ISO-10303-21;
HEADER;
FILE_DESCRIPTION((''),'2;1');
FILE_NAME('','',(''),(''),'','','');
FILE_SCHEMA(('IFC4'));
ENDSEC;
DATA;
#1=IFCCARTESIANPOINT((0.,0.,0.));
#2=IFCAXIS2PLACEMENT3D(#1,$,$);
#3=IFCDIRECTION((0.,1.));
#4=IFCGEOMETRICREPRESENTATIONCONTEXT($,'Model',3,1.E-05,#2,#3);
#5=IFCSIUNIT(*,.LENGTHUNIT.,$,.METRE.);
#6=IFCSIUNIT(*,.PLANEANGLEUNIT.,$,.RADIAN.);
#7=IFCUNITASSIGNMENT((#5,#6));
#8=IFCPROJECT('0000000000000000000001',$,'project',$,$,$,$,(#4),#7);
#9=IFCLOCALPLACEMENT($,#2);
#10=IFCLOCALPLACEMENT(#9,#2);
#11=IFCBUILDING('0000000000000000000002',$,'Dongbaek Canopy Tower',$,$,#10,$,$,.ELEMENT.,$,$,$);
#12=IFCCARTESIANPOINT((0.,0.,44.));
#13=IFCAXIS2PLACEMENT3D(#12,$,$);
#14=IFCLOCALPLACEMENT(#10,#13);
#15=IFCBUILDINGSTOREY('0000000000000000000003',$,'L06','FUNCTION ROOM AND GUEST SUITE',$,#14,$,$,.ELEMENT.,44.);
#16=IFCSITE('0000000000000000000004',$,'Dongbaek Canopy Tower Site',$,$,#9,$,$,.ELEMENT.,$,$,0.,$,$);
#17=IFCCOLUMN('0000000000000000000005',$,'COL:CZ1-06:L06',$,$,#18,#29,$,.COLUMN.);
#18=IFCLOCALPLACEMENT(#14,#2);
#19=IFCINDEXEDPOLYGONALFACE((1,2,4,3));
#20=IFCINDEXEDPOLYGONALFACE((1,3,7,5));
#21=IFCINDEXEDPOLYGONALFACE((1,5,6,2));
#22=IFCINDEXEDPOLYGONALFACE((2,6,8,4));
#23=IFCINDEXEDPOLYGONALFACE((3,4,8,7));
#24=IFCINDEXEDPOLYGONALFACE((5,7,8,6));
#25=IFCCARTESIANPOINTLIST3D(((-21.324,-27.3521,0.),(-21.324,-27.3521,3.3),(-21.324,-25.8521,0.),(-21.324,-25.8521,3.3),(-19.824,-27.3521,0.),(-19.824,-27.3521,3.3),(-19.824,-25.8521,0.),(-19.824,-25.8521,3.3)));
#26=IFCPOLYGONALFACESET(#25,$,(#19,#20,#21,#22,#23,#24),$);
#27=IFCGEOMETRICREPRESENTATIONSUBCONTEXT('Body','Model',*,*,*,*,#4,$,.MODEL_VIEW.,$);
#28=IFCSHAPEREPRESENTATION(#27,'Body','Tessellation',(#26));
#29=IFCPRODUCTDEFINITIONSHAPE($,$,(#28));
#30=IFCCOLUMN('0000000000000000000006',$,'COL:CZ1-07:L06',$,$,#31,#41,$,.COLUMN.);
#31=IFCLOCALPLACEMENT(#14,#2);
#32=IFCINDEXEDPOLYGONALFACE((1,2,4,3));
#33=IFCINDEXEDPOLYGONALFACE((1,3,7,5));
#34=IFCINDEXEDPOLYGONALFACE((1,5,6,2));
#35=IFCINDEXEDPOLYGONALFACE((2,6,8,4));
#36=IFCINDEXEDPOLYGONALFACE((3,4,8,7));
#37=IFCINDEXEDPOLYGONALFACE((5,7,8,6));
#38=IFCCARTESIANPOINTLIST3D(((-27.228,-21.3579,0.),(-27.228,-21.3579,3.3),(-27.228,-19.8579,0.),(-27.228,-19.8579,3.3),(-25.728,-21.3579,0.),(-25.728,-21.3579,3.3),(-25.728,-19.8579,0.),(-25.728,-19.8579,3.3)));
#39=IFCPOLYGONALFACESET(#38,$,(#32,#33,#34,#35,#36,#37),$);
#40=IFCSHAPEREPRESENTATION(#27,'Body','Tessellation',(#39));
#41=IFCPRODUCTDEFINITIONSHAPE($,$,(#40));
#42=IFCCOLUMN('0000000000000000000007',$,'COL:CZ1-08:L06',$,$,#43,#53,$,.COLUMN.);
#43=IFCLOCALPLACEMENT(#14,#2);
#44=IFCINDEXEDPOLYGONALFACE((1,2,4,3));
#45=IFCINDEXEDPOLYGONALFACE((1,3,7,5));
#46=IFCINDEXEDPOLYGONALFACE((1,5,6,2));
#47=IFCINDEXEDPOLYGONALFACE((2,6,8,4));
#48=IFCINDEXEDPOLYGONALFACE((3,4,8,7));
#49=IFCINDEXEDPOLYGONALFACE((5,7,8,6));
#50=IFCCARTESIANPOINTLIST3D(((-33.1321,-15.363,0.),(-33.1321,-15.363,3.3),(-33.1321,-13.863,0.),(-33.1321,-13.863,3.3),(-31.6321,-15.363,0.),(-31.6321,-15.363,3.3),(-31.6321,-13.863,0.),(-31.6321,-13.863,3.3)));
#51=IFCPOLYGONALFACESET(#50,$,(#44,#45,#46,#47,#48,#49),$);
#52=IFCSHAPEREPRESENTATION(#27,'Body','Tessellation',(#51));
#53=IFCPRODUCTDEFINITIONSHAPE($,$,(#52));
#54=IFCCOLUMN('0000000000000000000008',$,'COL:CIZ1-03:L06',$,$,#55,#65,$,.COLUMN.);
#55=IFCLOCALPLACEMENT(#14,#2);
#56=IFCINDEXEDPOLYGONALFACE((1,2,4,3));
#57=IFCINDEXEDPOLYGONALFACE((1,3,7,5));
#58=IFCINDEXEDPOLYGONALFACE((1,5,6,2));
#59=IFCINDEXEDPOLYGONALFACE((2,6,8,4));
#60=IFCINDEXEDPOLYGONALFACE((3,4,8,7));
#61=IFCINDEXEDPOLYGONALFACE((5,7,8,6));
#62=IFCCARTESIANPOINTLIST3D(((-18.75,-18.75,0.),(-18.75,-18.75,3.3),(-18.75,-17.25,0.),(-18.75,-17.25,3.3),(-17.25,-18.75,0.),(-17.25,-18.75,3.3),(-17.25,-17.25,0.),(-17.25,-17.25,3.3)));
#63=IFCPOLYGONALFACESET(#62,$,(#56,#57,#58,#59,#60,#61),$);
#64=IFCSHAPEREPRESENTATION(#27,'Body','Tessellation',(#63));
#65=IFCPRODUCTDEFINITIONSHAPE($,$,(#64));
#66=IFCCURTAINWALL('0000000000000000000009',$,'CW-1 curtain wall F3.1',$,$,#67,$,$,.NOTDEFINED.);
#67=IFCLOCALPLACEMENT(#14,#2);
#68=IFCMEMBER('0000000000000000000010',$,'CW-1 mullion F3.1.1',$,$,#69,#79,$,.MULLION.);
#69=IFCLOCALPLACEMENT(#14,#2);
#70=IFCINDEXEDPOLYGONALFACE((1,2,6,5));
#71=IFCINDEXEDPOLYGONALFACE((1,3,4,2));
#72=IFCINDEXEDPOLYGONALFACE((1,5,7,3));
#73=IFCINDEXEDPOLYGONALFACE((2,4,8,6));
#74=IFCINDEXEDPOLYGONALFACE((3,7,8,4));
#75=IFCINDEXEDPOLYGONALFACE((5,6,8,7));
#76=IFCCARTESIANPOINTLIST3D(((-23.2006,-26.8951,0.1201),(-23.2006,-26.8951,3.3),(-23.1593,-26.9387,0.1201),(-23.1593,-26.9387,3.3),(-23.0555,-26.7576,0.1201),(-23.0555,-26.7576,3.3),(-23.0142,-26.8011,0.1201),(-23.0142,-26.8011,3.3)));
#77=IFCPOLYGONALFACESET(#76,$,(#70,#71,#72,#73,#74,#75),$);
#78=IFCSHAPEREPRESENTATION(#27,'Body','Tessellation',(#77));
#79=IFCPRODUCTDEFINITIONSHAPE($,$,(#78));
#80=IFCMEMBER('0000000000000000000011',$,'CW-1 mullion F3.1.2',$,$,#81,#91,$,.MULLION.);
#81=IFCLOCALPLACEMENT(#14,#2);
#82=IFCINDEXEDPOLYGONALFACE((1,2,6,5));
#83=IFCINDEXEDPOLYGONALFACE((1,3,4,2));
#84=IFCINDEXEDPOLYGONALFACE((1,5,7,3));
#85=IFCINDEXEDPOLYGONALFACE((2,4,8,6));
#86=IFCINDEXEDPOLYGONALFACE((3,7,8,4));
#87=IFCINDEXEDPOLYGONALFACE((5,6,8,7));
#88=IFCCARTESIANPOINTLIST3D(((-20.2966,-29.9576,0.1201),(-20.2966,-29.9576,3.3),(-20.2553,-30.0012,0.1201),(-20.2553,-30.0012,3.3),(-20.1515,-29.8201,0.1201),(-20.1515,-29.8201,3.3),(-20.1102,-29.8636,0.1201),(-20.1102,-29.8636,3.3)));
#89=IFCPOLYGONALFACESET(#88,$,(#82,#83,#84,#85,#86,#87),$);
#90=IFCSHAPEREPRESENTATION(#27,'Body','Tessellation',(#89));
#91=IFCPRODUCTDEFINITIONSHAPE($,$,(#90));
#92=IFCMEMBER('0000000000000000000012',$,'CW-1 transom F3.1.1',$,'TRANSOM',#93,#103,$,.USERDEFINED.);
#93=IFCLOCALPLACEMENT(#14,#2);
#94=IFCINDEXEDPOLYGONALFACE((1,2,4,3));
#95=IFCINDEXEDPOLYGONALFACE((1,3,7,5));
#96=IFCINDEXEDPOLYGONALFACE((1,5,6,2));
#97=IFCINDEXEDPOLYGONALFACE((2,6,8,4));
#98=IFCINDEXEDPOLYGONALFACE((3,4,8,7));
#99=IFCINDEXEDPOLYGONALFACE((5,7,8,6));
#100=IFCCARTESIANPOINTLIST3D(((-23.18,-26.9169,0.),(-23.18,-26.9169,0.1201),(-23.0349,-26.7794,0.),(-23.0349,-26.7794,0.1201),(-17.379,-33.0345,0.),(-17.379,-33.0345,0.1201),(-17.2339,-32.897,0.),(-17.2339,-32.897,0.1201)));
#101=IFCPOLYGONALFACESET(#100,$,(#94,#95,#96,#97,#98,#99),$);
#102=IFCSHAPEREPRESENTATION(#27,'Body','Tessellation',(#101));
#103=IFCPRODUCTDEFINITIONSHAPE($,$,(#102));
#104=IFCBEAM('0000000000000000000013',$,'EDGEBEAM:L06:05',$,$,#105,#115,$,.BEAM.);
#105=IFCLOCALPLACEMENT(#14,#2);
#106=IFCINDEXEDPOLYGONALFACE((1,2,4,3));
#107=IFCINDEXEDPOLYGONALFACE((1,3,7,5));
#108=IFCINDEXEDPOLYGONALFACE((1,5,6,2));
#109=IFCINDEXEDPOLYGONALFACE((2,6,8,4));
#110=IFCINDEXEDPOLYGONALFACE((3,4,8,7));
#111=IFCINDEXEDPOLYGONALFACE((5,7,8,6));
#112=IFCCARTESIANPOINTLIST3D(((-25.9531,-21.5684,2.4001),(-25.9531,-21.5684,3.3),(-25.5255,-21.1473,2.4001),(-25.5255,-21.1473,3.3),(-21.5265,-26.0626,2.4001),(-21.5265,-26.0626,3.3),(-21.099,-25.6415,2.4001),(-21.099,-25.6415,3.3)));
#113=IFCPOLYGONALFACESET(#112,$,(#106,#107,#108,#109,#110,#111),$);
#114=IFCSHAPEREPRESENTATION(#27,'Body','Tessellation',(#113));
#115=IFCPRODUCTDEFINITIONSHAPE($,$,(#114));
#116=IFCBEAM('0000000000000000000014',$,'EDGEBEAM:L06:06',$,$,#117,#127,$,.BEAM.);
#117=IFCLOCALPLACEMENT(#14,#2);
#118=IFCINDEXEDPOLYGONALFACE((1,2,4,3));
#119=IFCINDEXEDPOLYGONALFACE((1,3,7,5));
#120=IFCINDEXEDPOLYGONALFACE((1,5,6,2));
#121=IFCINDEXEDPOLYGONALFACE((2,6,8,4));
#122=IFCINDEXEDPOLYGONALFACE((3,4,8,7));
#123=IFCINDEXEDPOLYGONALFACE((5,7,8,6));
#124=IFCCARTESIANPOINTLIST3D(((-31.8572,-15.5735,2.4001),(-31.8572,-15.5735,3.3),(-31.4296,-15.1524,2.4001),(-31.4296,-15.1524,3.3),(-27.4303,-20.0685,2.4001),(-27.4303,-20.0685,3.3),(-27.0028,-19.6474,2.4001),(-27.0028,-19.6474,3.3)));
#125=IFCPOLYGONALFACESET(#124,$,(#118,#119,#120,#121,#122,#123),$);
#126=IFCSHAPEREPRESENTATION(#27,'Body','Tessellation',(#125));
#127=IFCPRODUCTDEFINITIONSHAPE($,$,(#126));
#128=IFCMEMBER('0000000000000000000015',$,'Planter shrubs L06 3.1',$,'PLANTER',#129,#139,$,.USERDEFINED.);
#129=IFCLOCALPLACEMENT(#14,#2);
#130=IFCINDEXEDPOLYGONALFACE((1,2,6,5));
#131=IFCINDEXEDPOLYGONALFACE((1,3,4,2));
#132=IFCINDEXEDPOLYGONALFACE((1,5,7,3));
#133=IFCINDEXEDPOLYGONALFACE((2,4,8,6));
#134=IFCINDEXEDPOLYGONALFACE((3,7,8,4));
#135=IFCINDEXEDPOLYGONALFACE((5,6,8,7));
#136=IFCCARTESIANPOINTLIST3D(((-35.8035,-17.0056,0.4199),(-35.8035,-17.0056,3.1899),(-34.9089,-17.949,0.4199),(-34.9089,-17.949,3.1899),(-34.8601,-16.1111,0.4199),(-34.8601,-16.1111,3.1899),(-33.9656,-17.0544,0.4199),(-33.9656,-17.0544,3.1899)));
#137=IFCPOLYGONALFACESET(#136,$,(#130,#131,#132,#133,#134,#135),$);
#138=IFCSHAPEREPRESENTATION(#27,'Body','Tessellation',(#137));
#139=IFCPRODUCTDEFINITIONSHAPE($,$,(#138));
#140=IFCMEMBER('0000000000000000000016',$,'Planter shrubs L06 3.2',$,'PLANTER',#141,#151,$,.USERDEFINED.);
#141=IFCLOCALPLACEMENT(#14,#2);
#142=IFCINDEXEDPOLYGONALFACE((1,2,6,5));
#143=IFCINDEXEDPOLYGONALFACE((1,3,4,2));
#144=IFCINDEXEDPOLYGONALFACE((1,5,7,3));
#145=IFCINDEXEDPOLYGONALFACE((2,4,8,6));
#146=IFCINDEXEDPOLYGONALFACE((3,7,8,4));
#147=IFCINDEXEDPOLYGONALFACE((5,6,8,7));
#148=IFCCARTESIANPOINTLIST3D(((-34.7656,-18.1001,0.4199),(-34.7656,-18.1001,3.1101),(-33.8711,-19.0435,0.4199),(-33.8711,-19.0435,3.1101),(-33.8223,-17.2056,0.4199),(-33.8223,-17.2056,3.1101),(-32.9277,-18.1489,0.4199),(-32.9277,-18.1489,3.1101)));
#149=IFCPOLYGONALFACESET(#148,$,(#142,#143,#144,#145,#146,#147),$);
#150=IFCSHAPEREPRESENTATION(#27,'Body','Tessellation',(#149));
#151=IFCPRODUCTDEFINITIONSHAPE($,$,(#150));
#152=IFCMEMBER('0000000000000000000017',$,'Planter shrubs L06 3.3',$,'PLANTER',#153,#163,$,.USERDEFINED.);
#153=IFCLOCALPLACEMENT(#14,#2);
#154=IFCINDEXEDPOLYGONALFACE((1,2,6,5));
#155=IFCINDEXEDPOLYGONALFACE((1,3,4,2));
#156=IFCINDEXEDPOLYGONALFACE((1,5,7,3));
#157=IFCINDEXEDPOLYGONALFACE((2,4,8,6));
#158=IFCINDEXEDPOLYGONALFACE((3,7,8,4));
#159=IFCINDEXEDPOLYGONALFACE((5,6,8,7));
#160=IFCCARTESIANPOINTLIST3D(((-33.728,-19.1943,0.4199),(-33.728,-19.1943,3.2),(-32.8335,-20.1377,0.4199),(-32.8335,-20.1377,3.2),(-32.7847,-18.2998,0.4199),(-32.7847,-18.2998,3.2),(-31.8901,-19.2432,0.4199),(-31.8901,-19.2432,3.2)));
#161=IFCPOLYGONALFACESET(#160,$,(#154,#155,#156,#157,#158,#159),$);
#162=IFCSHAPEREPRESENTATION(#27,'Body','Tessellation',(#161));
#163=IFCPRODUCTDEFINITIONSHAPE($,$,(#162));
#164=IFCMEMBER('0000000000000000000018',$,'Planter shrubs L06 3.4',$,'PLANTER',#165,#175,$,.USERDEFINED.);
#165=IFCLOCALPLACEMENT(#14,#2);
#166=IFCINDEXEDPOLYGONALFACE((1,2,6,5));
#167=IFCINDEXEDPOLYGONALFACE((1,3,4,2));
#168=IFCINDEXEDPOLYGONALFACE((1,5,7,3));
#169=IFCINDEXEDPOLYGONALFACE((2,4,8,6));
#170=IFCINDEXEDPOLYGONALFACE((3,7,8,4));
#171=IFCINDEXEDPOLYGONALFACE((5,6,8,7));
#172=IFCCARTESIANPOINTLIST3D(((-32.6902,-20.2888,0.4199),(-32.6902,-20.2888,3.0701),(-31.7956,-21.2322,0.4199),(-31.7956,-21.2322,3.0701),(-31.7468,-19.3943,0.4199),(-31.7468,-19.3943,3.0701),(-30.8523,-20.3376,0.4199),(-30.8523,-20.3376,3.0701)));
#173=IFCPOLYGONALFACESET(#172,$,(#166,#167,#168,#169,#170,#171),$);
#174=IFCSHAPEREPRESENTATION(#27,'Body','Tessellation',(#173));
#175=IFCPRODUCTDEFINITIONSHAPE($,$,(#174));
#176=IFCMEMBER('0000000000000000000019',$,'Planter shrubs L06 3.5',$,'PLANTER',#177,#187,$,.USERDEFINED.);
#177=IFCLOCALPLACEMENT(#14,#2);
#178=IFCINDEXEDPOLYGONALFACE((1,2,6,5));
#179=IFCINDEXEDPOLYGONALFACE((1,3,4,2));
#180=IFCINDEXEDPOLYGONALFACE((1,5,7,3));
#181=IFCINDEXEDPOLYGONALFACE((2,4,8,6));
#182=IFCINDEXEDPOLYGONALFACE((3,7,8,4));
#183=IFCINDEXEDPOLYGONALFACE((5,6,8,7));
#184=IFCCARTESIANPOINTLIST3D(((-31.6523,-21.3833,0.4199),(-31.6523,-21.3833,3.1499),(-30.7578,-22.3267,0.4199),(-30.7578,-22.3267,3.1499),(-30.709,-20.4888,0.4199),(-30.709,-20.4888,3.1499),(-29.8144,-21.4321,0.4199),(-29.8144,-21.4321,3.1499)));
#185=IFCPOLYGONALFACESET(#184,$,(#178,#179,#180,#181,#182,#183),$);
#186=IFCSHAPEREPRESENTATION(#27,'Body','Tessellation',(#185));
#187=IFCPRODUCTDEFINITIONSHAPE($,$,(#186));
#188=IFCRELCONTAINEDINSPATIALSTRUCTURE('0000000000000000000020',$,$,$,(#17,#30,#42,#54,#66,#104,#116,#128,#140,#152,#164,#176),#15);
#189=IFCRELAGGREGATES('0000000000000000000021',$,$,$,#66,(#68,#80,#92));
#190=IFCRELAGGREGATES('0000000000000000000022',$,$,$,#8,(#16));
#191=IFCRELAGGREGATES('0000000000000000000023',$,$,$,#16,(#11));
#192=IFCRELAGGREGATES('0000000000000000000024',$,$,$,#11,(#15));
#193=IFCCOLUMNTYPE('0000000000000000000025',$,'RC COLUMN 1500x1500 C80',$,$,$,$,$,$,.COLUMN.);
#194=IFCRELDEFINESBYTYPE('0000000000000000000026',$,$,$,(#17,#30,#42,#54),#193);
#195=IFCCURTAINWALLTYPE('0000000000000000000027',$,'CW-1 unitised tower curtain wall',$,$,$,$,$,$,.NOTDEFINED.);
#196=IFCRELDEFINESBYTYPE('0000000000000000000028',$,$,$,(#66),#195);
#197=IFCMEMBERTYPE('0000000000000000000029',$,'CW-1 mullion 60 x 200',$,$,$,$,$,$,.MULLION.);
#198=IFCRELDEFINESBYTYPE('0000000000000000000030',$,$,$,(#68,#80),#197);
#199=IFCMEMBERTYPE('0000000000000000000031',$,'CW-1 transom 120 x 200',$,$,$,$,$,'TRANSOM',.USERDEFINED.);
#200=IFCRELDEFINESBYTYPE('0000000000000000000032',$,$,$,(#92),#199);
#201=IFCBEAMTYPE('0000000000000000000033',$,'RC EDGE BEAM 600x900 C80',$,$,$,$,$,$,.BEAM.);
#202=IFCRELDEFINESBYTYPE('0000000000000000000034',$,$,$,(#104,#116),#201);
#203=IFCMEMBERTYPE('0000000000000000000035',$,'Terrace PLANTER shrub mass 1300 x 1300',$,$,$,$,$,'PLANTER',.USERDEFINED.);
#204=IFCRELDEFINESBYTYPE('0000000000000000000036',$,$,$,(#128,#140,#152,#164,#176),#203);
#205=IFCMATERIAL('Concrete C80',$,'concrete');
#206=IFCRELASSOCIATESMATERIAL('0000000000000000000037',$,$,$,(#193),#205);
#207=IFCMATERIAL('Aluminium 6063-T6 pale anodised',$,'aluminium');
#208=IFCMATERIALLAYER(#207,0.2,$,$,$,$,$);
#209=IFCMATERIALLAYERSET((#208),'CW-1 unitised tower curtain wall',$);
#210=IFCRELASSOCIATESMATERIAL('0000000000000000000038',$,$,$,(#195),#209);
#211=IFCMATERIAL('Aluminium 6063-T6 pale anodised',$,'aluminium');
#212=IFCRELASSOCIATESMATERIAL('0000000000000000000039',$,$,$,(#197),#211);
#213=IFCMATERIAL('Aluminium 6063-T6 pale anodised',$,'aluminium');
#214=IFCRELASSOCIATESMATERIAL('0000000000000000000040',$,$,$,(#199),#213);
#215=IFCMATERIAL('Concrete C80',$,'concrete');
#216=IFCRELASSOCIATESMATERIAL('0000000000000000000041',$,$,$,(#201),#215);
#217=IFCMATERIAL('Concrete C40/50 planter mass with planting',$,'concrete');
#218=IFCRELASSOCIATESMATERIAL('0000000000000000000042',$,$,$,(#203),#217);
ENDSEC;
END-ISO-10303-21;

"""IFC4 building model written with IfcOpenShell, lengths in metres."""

from ifc_helpers import new_model, si_unit, direction, frame, origin, origin_2d, place, context, subcontext, project, spatial, rectangle, extrude, material, layer, layer_set, material_profile, profile_set, type_object, element, aggregate, save


model = new_model("IFC4")

# Units and contexts
model_context = context("Model", 3, precision=1e-05, world=origin(), true_north=direction((0.0, 1.0)))
body_context = subcontext(model_context, "Body", "Model", "MODEL_VIEW")
ifc_project = project(units=[si_unit("LENGTHUNIT", "METRE"), si_unit("PLANEANGLEUNIT", "RADIAN")], contexts=[model_context])

# Site, building, storey
site_placement = place(None, origin())
site = spatial("IfcSite", under=ifc_project, at=site_placement, Name="Dongbaek Canopy Tower Site", CompositionType="ELEMENT", RefElevation=0.0)
building_placement = place(site_placement, origin())
building = spatial("IfcBuilding", under=site, at=building_placement, Name="Dongbaek Canopy Tower", CompositionType="ELEMENT")
storey_placement = place(building_placement, frame((0.0, 0.0, 44.0)))
storey = spatial("IfcBuildingStorey", under=building, at=storey_placement, Name="L06", Description="FUNCTION ROOM AND GUEST SUITE", CompositionType="ELEMENT", Elevation=44.0)

# Columns
ifc_material_1 = material(Name="Concrete C80", Category="concrete")
ifc_material_profile_1 = material_profile(ifc_material_1, rectangle(XDim=1.5, YDim=1.5, at=origin_2d()), Name="RC COLUMN 1500x1500 C80")
ifc_profile_set_1 = profile_set([ifc_material_profile_1], Name="Concrete C80")
column_type = type_object("IfcColumnType", Name="RC COLUMN 1500x1500 C80", PredefinedType="COLUMN", material=ifc_profile_set_1)
for number, where, z_axis, x_axis, name in (
    (1, (-20.574, -26.6021, 0.0), (0.0, 0.0, 1.0), (1.0, 0.0, 0.0), "COL:CZ1-06:L06"),
    (2, (-26.478, -20.6079, 0.0), (0.0, 0.0, 1.0), (1.0, 0.0, 0.0), "COL:CZ1-07:L06"),
    (3, (-32.3821, -14.613, 0.0), (0.0, 0.0, 1.0), (1.0, 0.0, 0.0), "COL:CZ1-08:L06"),
    (4, (-18.0, -18.0, 0.0), (0.0, 0.0, 1.0), (1.0, 0.0, 0.0), "COL:CIZ1-03:L06"),
):
    element("IfcColumn", number, at=place(storey_placement, frame(where, z_axis=z_axis, x_axis=x_axis)), inside=storey, type_object=column_type, Name=name, PredefinedType="COLUMN", context=body_context, shape_type="SweptSolid", body=[
        extrude(rectangle(XDim=1.5, YDim=1.5, at=origin_2d()), origin(), (0.0, 0.0, 1.0), 3.3),
    ])

# Curtain wall, members
ifc_material_2 = material(Name="Aluminium 6063-T6 pale anodised", Category="aluminium")
ifc_layer_1 = layer(ifc_material_2, 0.2)
ifc_layer_set_1 = layer_set([ifc_layer_1], Name="CW-1 unitised tower curtain wall")
curtain_wall_type = type_object("IfcCurtainWallType", Name="CW-1 unitised tower curtain wall", PredefinedType="NOTDEFINED", material=ifc_layer_set_1)
curtain_wall_placement = place(storey_placement, origin())
curtain_wall = element("IfcCurtainWall", 5, at=curtain_wall_placement, inside=storey, type_object=curtain_wall_type, Name="CW-1 curtain wall F3.1", PredefinedType="NOTDEFINED")
ifc_material_3 = material(Name="Aluminium 6063-T6 pale anodised", Category="aluminium")
ifc_material_profile_2 = material_profile(ifc_material_3, rectangle(XDim=0.2, YDim=0.0601, at=origin_2d()), Name="CW-1 mullion 60 x 200")
ifc_profile_set_2 = profile_set([ifc_material_profile_2], Name="Aluminium 6063-T6 pale anodised")
member_type_1 = type_object("IfcMemberType", Name="CW-1 mullion 60 x 200", PredefinedType="MULLION", material=ifc_profile_set_2)
member_1_placement = place(storey_placement, frame((-23.1074, -26.8481, 0.1201), z_axis=(0.0, 0.0, 1.0), x_axis=(-0.725627, -0.688089, 0.0)))
member_1 = element("IfcMember", 6, at=member_1_placement, type_object=member_type_1, Name="CW-1 mullion F3.1.1", PredefinedType="MULLION", context=body_context, shape_type="SweptSolid", body=[
    extrude(rectangle(XDim=0.2, YDim=0.0601, at=origin_2d()), origin(), (0.0, 0.0, 1.0), 3.1799),
])
member_2_placement = place(storey_placement, frame((-20.2034, -29.9106, 0.1201), z_axis=(0.0, 0.0, 1.0), x_axis=(-0.725627, -0.688089, 0.0)))
member_2 = element("IfcMember", 7, at=member_2_placement, type_object=member_type_1, Name="CW-1 mullion F3.1.2", PredefinedType="MULLION", context=body_context, shape_type="SweptSolid", body=[
    extrude(rectangle(XDim=0.2, YDim=0.0601, at=origin_2d()), origin(), (0.0, 0.0, 1.0), 3.1799),
])
ifc_material_4 = material(Name="Aluminium 6063-T6 pale anodised", Category="aluminium")
ifc_material_profile_3 = material_profile(ifc_material_4, rectangle(XDim=0.2, YDim=0.1201, at=origin_2d()), Name="CW-1 transom 120 x 200")
ifc_profile_set_3 = profile_set([ifc_material_profile_3], Name="Aluminium 6063-T6 pale anodised")
member_type_2 = type_object("IfcMemberType", Name="CW-1 transom 120 x 200", ElementType="TRANSOM", PredefinedType="USERDEFINED", material=ifc_profile_set_3)
member_3_placement = place(storey_placement, frame((-23.1074, -26.8481, 0.0601), z_axis=(0.688078, -0.725637, 0.0), x_axis=(0.725637, 0.688078, 0.0)))
member_3 = element("IfcMember", 8, at=member_3_placement, type_object=member_type_2, Name="CW-1 transom F3.1.1", ObjectType="TRANSOM", PredefinedType="USERDEFINED", context=body_context, shape_type="SweptSolid", body=[
    extrude(rectangle(XDim=0.2, YDim=0.1201, at=origin_2d()), origin(), (0.0, 0.0, 1.0), 8.4307),
])

# Beams
ifc_material_5 = material(Name="Concrete C80", Category="concrete")
ifc_material_profile_4 = material_profile(ifc_material_5, rectangle(XDim=0.6001, YDim=0.8999, at=origin_2d()), Name="RC EDGE BEAM 600x900 C80")
ifc_profile_set_4 = profile_set([ifc_material_profile_4], Name="Concrete C80")
beam_type = type_object("IfcBeamType", Name="RC EDGE BEAM 600x900 C80", PredefinedType="BEAM", material=ifc_profile_set_4)
beam_1_placement = place(storey_placement, frame((-21.3127, -25.8521, 2.8501), z_axis=(-0.701726, 0.712447, 0.0), x_axis=(-0.712447, -0.701726, 0.0)))
element("IfcBeam", 9, at=beam_1_placement, inside=storey, type_object=beam_type, Name="EDGEBEAM:L06:05", PredefinedType="BEAM", context=body_context, shape_type="SweptSolid", body=[
    extrude(rectangle(XDim=0.6001, YDim=0.8999, at=origin_2d()), origin(), (0.0, 0.0, 1.0), 6.3081),
])
beam_2_placement = place(storey_placement, frame((-27.2166, -19.8579, 2.8501), z_axis=(-0.701688, 0.712485, 0.0), x_axis=(-0.712485, -0.701688, 0.0)))
element("IfcBeam", 10, at=beam_2_placement, inside=storey, type_object=beam_type, Name="EDGEBEAM:L06:06", PredefinedType="BEAM", context=body_context, shape_type="SweptSolid", body=[
    extrude(rectangle(XDim=0.6001, YDim=0.8999, at=origin_2d()), origin(), (0.0, 0.0, 1.0), 6.3088),
])

# Members
ifc_material_6 = material(Name="Concrete C40/50 planter mass with planting", Category="concrete")
ifc_material_profile_5 = material_profile(ifc_material_6, rectangle(XDim=1.3, YDim=1.3, at=origin_2d()), Name="Terrace PLANTER shrub mass 1300 x 1300")
ifc_profile_set_5 = profile_set([ifc_material_profile_5], Name="Concrete C40/50 planter mass with planting")
member_type_3 = type_object("IfcMemberType", Name="Terrace PLANTER shrub mass 1300 x 1300", ElementType="PLANTER", PredefinedType="USERDEFINED", material=ifc_profile_set_5)
member_4_placement = place(storey_placement, frame((-34.8845, -17.03, 0.4199), z_axis=(0.0, 0.0, 1.0), x_axis=(-0.725627, -0.688089, 0.0)))
element("IfcMember", 11, at=member_4_placement, inside=storey, type_object=member_type_3, Name="Planter shrubs L06 3.1", ObjectType="PLANTER", PredefinedType="USERDEFINED", context=body_context, shape_type="SweptSolid", body=[
    extrude(rectangle(XDim=1.3, YDim=1.3, at=origin_2d()), origin(), (0.0, 0.0, 1.0), 2.77),
])
member_5_placement = place(storey_placement, frame((-33.8467, -18.1245, 0.4199), z_axis=(0.0, 0.0, 1.0), x_axis=(-0.725627, -0.688089, 0.0)))
element("IfcMember", 12, at=member_5_placement, inside=storey, type_object=member_type_3, Name="Planter shrubs L06 3.2", ObjectType="PLANTER", PredefinedType="USERDEFINED", context=body_context, shape_type="SweptSolid", body=[
    extrude(rectangle(XDim=1.3, YDim=1.3, at=origin_2d()), origin(), (0.0, 0.0, 1.0), 2.6902),
])
member_6_placement = place(storey_placement, frame((-32.8091, -19.2188, 0.4199), z_axis=(0.0, 0.0, 1.0), x_axis=(-0.725627, -0.688089, 0.0)))
element("IfcMember", 13, at=member_6_placement, inside=storey, type_object=member_type_3, Name="Planter shrubs L06 3.3", ObjectType="PLANTER", PredefinedType="USERDEFINED", context=body_context, shape_type="SweptSolid", body=[
    extrude(rectangle(XDim=1.3, YDim=1.3, at=origin_2d()), origin(), (0.0, 0.0, 1.0), 2.78),
])
member_7_placement = place(storey_placement, frame((-31.7712, -20.3132, 0.4199), z_axis=(0.0, 0.0, 1.0), x_axis=(-0.725627, -0.688089, 0.0)))
element("IfcMember", 14, at=member_7_placement, inside=storey, type_object=member_type_3, Name="Planter shrubs L06 3.4", ObjectType="PLANTER", PredefinedType="USERDEFINED", context=body_context, shape_type="SweptSolid", body=[
    extrude(rectangle(XDim=1.3, YDim=1.3, at=origin_2d()), origin(), (0.0, 0.0, 1.0), 2.6501),
])
member_8_placement = place(storey_placement, frame((-30.7334, -21.4077, 0.4199), z_axis=(0.0, 0.0, 1.0), x_axis=(-0.725627, -0.688089, 0.0)))
element("IfcMember", 15, at=member_8_placement, inside=storey, type_object=member_type_3, Name="Planter shrubs L06 3.5", ObjectType="PLANTER", PredefinedType="USERDEFINED", context=body_context, shape_type="SweptSolid", body=[
    extrude(rectangle(XDim=1.3, YDim=1.3, at=origin_2d()), origin(), (0.0, 0.0, 1.0), 2.73),
])

aggregate(curtain_wall, [member_1, member_2, member_3])

save(model, "model.ifc")
